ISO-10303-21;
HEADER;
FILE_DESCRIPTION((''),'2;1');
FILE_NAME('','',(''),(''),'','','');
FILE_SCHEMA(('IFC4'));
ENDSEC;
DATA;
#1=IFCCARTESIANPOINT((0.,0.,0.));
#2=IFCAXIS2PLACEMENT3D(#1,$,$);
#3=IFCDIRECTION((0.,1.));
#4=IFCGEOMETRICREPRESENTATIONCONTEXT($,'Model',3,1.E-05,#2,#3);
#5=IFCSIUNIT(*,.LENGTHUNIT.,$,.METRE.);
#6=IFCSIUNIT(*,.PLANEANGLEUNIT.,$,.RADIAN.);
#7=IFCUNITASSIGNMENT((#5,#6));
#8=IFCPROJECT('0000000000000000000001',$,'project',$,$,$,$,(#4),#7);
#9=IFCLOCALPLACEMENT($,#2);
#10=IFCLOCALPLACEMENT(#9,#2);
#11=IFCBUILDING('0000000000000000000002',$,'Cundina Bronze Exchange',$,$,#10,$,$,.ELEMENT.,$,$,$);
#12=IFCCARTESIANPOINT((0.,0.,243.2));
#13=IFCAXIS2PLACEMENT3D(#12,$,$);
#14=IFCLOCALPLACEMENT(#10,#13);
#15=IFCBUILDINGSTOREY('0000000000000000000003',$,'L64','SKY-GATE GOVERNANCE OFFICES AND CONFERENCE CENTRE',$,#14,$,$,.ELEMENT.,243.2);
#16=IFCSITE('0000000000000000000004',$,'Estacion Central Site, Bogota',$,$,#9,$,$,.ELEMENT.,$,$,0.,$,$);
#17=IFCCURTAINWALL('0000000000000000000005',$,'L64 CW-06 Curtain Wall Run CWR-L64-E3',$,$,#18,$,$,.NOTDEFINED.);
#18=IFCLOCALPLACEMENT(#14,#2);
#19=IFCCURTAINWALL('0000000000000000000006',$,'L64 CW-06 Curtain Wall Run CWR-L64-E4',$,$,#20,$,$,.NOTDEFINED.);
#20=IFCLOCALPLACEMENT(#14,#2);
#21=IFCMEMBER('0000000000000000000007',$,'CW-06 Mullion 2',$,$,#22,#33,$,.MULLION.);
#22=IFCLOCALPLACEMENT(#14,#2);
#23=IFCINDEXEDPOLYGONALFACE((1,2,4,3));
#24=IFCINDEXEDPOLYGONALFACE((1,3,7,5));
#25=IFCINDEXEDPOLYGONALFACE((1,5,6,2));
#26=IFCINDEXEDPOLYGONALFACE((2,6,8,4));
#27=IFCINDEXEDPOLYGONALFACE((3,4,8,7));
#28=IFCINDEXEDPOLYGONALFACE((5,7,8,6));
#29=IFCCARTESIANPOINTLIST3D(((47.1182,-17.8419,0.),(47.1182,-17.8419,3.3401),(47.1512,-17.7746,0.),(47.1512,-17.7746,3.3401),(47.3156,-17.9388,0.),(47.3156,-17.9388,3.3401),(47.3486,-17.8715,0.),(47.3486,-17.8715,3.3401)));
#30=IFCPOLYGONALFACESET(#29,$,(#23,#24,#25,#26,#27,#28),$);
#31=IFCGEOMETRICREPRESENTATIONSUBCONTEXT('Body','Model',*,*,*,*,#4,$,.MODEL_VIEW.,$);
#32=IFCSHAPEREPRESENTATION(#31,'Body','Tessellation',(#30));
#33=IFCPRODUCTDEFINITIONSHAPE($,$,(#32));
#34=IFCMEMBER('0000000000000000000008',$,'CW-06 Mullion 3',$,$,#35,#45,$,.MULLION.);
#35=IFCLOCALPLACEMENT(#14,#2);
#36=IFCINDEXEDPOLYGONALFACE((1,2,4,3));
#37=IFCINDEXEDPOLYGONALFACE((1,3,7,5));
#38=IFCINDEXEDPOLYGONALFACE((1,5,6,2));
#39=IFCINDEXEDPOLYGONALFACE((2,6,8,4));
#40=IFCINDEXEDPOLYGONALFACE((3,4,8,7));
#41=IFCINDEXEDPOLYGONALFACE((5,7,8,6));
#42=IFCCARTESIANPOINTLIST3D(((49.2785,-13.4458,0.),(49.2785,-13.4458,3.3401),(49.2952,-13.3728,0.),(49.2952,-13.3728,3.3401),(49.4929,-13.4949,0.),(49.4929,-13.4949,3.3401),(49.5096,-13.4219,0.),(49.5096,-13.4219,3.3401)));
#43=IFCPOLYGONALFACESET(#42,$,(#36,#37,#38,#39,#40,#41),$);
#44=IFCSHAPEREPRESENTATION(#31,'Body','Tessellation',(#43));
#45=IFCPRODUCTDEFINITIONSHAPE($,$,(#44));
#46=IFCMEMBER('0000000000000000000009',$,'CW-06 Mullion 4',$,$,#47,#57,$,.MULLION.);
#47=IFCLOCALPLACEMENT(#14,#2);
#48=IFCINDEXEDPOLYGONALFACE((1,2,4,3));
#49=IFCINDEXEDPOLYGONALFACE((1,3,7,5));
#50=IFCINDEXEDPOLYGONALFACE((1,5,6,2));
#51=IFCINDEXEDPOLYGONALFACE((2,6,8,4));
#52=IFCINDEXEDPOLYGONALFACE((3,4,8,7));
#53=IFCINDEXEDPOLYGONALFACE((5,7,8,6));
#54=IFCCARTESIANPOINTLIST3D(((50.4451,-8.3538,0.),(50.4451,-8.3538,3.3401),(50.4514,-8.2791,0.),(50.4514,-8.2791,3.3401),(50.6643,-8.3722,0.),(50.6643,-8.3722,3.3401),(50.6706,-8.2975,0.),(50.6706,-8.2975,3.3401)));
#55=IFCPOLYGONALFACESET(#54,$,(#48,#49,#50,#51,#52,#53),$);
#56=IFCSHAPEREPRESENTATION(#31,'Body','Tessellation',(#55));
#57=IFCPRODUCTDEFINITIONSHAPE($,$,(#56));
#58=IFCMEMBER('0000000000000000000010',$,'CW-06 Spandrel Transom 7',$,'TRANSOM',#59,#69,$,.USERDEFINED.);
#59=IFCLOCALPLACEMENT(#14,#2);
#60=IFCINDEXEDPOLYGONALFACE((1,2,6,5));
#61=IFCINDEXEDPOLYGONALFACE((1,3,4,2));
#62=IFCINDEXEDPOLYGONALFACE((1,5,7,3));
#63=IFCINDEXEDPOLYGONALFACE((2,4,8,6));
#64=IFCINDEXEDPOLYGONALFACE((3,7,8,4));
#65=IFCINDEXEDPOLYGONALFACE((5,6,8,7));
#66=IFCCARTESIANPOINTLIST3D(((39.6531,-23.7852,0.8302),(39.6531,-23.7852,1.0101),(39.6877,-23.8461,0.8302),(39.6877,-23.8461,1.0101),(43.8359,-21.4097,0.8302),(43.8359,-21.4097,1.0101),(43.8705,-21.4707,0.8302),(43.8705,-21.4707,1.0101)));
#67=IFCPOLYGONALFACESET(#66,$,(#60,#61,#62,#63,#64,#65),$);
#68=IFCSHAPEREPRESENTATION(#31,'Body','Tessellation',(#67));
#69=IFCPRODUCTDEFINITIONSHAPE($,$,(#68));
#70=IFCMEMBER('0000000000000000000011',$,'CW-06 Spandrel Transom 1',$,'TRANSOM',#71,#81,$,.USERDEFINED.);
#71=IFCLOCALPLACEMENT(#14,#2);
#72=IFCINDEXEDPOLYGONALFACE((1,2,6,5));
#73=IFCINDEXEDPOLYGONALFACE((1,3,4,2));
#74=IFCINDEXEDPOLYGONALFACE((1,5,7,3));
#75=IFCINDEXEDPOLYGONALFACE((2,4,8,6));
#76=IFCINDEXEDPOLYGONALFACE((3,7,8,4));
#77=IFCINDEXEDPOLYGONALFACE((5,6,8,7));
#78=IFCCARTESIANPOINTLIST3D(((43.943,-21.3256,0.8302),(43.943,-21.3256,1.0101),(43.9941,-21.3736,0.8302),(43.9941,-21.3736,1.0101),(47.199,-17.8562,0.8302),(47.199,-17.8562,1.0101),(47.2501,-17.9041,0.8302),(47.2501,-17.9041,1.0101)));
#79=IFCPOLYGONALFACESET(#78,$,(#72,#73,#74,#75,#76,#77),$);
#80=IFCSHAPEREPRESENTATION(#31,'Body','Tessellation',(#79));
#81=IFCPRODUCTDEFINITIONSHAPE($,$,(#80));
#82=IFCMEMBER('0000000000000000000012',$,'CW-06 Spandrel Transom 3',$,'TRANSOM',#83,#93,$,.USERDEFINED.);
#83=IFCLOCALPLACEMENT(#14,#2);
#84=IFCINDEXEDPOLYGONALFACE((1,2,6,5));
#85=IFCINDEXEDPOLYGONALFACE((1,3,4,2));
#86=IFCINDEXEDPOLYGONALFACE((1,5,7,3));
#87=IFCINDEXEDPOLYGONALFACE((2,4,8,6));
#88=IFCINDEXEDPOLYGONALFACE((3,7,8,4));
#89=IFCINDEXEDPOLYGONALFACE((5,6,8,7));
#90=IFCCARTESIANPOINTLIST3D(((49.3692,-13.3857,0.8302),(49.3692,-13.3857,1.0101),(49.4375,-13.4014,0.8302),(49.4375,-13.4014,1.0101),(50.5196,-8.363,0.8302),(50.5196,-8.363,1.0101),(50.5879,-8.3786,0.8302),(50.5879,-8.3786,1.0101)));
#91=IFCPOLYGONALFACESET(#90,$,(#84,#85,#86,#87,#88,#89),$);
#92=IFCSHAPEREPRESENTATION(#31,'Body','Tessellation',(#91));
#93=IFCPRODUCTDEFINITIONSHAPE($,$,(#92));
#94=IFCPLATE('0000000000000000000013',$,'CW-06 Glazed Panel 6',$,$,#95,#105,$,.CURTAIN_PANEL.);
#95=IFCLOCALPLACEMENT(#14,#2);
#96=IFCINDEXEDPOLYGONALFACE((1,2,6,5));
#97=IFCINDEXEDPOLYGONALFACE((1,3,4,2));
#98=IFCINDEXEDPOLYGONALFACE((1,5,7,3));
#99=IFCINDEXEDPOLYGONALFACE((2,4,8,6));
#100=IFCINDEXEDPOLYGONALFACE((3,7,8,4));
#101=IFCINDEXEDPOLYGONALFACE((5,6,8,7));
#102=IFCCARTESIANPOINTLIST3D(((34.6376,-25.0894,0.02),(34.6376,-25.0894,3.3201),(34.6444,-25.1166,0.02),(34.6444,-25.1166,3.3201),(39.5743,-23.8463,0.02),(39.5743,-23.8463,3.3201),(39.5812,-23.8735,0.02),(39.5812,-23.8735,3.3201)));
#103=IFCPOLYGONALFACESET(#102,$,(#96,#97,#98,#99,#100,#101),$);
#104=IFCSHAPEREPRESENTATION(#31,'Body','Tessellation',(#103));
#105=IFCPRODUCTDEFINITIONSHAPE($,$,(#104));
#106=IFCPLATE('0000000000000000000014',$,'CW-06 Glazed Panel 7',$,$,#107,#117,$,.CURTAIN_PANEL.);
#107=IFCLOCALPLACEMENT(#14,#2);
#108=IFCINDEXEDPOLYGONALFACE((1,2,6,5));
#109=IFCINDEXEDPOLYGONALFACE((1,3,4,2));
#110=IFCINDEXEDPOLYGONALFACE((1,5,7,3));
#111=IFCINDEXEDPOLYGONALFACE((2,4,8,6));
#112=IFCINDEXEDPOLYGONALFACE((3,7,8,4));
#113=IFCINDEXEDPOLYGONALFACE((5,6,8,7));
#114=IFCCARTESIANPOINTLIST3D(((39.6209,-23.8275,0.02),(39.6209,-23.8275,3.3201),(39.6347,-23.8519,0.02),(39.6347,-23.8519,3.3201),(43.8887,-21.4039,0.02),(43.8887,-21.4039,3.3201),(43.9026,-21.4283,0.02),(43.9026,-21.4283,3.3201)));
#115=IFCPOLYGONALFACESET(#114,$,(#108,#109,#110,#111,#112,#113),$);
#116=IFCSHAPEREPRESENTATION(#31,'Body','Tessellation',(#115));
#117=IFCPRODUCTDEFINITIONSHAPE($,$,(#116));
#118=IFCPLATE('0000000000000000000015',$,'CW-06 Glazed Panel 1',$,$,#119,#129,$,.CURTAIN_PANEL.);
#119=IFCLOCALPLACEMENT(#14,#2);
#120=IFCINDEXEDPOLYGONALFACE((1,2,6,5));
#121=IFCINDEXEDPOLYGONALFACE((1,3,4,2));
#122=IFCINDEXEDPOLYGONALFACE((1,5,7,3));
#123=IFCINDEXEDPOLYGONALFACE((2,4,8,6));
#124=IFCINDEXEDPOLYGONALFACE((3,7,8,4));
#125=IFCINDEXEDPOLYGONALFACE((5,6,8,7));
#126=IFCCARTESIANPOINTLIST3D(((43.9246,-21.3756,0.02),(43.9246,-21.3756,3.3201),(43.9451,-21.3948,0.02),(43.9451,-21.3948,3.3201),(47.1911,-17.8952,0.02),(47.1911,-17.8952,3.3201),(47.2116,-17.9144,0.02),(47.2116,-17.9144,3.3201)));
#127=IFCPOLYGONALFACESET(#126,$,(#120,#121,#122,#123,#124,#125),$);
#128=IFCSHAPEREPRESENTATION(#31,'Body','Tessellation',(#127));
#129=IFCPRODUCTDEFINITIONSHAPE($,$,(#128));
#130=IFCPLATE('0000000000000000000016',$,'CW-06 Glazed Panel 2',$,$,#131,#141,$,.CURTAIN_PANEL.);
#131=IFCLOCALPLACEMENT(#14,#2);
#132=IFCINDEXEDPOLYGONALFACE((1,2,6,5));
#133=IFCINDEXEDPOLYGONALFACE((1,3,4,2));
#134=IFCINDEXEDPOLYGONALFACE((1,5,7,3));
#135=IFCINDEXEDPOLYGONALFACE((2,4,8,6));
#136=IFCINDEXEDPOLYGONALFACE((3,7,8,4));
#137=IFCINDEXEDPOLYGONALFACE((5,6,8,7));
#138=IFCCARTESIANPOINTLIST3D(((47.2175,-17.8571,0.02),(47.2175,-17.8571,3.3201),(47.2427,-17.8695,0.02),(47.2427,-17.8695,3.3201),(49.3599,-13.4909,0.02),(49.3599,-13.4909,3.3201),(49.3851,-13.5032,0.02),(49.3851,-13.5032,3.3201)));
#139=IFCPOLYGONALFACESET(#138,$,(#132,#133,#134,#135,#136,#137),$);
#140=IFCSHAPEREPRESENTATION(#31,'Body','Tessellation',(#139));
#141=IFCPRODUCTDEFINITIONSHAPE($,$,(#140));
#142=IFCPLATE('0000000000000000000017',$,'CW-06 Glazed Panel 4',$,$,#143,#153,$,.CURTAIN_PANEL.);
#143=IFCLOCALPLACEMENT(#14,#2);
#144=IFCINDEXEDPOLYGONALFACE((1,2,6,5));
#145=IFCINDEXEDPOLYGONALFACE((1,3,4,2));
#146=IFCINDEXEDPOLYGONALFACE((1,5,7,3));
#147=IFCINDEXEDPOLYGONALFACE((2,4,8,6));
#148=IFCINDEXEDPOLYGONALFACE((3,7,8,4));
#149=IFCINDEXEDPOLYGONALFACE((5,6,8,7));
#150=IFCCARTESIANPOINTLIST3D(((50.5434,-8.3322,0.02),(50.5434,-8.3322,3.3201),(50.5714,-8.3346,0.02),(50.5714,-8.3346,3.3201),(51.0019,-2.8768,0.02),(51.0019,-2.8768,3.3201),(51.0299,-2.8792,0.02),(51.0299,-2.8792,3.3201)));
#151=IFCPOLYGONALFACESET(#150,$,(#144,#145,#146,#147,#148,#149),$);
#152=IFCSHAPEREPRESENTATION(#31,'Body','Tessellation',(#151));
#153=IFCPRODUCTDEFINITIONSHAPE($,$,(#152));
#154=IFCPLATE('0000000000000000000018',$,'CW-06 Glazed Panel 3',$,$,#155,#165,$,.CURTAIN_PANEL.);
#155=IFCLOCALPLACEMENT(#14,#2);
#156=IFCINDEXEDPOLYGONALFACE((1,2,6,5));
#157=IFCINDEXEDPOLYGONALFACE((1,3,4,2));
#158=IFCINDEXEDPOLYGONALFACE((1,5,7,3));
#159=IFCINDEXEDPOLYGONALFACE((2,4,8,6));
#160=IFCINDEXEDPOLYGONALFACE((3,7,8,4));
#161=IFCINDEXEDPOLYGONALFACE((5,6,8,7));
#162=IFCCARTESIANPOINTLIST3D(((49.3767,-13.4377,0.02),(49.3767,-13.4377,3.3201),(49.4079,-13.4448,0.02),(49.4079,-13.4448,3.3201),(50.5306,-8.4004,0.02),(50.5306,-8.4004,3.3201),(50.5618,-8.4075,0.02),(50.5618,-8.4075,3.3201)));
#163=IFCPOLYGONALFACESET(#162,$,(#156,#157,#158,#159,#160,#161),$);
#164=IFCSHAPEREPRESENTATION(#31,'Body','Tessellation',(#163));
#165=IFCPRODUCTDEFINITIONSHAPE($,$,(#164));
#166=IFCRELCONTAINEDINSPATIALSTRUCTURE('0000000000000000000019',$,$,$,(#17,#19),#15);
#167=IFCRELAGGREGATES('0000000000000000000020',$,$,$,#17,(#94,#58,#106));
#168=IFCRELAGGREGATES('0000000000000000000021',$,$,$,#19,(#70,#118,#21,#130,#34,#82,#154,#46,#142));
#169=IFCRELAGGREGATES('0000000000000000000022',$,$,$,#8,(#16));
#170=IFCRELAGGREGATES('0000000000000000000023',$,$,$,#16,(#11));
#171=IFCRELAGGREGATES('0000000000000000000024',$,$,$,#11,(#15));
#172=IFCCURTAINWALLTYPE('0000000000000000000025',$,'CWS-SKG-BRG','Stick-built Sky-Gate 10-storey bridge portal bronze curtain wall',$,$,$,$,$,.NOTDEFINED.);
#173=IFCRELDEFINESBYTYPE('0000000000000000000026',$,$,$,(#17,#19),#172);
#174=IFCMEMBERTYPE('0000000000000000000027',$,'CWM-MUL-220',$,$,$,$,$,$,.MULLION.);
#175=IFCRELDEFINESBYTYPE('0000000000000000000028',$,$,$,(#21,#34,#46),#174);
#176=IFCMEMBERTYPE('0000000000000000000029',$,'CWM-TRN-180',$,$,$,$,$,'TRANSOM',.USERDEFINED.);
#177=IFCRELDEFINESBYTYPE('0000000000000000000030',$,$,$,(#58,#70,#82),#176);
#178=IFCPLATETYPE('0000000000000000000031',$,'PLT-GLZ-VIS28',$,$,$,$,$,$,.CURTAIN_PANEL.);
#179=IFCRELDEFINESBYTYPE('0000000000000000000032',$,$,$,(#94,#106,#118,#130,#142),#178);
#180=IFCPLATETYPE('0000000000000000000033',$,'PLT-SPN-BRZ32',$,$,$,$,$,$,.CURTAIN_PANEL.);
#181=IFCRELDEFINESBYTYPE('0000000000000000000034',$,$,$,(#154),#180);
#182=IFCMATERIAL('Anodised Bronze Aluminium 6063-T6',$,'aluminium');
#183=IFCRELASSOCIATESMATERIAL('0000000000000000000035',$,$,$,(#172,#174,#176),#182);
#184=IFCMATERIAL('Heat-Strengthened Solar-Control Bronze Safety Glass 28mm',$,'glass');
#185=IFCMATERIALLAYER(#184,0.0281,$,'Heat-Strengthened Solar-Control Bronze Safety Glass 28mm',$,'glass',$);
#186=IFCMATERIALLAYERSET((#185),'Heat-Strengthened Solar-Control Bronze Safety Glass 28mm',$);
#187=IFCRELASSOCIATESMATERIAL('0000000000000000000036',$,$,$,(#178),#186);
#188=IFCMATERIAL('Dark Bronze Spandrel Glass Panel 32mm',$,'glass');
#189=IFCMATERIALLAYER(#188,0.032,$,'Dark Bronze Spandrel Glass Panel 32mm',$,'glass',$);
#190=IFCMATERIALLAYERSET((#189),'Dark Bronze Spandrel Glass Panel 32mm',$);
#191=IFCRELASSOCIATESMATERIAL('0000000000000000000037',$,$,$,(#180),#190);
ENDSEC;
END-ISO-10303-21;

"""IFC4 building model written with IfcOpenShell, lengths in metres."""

from ifc_helpers import new_model, si_unit, direction, frame, origin, origin_2d, place, context, subcontext, project, spatial, rectangle, extrude, material, layer, layer_set, material_profile, profile_set, type_object, element, aggregate, save


model = new_model("IFC4")

# Units and contexts
model_context = context("Model", 3, precision=1e-05, world=origin(), true_north=direction((0.0, 1.0)))
body_context = subcontext(model_context, "Body", "Model", "MODEL_VIEW")
ifc_project = project(units=[si_unit("LENGTHUNIT", "METRE"), si_unit("PLANEANGLEUNIT", "RADIAN")], contexts=[model_context])

# Site, building, storey
site_placement = place(None, origin())
site = spatial("IfcSite", under=ifc_project, at=site_placement, Name="Estacion Central Site, Bogota", CompositionType="ELEMENT", RefElevation=0.0)
building_placement = place(site_placement, origin())
building = spatial("IfcBuilding", under=site, at=building_placement, Name="Cundina Bronze Exchange", CompositionType="ELEMENT")
storey_placement = place(building_placement, frame((0.0, 0.0, 243.2)))
storey = spatial("IfcBuildingStorey", under=building, at=storey_placement, Name="L64", Description="SKY-GATE GOVERNANCE OFFICES AND CONFERENCE CENTRE", CompositionType="ELEMENT", Elevation=243.2)

# Curtain walls, members
ifc_material_1 = material(Name="Anodised Bronze Aluminium 6063-T6", Category="aluminium")
curtain_wall_type = type_object("IfcCurtainWallType", Name="CWS-SKG-BRG", Description="Stick-built Sky-Gate 10-storey bridge portal bronze curtain wall", PredefinedType="NOTDEFINED", material=ifc_material_1)
curtain_wall_1_placement = place(storey_placement, origin())
curtain_wall_1 = element("IfcCurtainWall", 1, at=curtain_wall_1_placement, inside=storey, type_object=curtain_wall_type, Name="L64 CW-06 Curtain Wall Run CWR-L64-E3", PredefinedType="NOTDEFINED")
ifc_material_profile_1 = material_profile(ifc_material_1, rectangle(XDim=0.075, YDim=0.22, at=origin_2d()), Name="AL75X220", Category="aluminium")
ifc_profile_set_1 = profile_set([ifc_material_profile_1], Name="Anodised Bronze Aluminium 6063-T6")
member_type_1 = type_object("IfcMemberType", Name="CWM-MUL-220", PredefinedType="MULLION", material=ifc_profile_set_1)
curtain_wall_2_placement = place(storey_placement, origin())
curtain_wall_2 = element("IfcCurtainWall", 2, at=curtain_wall_2_placement, inside=storey, type_object=curtain_wall_type, Name="L64 CW-06 Curtain Wall Run CWR-L64-E4", PredefinedType="NOTDEFINED")
member_1_placement = place(storey_placement, frame((47.2334, -17.8567, 0.0), z_axis=(0.0, 0.0, 1.0), x_axis=(0.440566, 0.89772, 0.0)))
member_1 = element("IfcMember", 3, at=member_1_placement, type_object=member_type_1, Name="CW-06 Mullion 2", PredefinedType="MULLION", context=body_context, shape_type="SweptSolid", body=[
    extrude(rectangle(XDim=0.075, YDim=0.22, at=origin_2d()), origin(), (0.0, 0.0, 1.0), 3.3401),
])
member_2_placement = place(storey_placement, frame((49.394, -13.4338, 0.0), z_axis=(0.0, 0.0, 1.0), x_axis=(0.22325, 0.974761, 0.0)))
member_2 = element("IfcMember", 4, at=member_2_placement, type_object=member_type_1, Name="CW-06 Mullion 3", PredefinedType="MULLION", context=body_context, shape_type="SweptSolid", body=[
    extrude(rectangle(XDim=0.075, YDim=0.22, at=origin_2d()), origin(), (0.0, 0.0, 1.0), 3.3401),
])
member_3_placement = place(storey_placement, frame((50.5579, -8.3257, 0.0), z_axis=(0.0, 0.0, 1.0), x_axis=(0.083678, 0.996493, 0.0)))
member_3 = element("IfcMember", 5, at=member_3_placement, type_object=member_type_1, Name="CW-06 Mullion 4", PredefinedType="MULLION", context=body_context, shape_type="SweptSolid", body=[
    extrude(rectangle(XDim=0.075, YDim=0.22, at=origin_2d()), origin(), (0.0, 0.0, 1.0), 3.3401),
])

# Members
ifc_material_profile_2 = material_profile(ifc_material_1, rectangle(XDim=0.0701, YDim=0.1799, at=origin_2d()), Name="AL70X180", Category="aluminium")
ifc_profile_set_2 = profile_set([ifc_material_profile_2], Name="Anodised Bronze Aluminium 6063-T6")
member_type_2 = type_object("IfcMemberType", Name="CWM-TRN-180", ElementType="TRANSOM", PredefinedType="USERDEFINED", material=ifc_profile_set_2)
member_4_placement = place(storey_placement, frame((39.6704, -23.8157, 0.9202), z_axis=(0.869558, 0.493831, 0.0), x_axis=(-0.493831, 0.869558, 0.0)))
member_4 = element("IfcMember", 6, at=member_4_placement, type_object=member_type_2, Name="CW-06 Spandrel Transom 7", ObjectType="TRANSOM", PredefinedType="USERDEFINED", context=body_context, shape_type="SweptSolid", body=[
    extrude(rectangle(XDim=0.0701, YDim=0.1799, at=origin_2d()), origin(), (0.0, 0.0, 1.0), 4.8103),
])
member_5_placement = place(storey_placement, frame((43.9685, -21.3496, 0.9202), z_axis=(0.684328, 0.729174, 0.0), x_axis=(-0.729174, 0.684328, 0.0)))
member_5 = element("IfcMember", 7, at=member_5_placement, type_object=member_type_2, Name="CW-06 Spandrel Transom 1", ObjectType="TRANSOM", PredefinedType="USERDEFINED", context=body_context, shape_type="SweptSolid", body=[
    extrude(rectangle(XDim=0.0701, YDim=0.1799, at=origin_2d()), origin(), (0.0, 0.0, 1.0), 4.7581),
])
member_6_placement = place(storey_placement, frame((49.4033, -13.3936, 0.9202), z_axis=(0.223257, 0.97476, 0.0), x_axis=(-0.97476, 0.223257, 0.0)))
member_6 = element("IfcMember", 8, at=member_6_placement, type_object=member_type_2, Name="CW-06 Spandrel Transom 3", ObjectType="TRANSOM", PredefinedType="USERDEFINED", context=body_context, shape_type="SweptSolid", body=[
    extrude(rectangle(XDim=0.0701, YDim=0.1799, at=origin_2d()), origin(), (0.0, 0.0, 1.0), 5.1528),
])

# Plates
ifc_material_2 = material(Name="Heat-Strengthened Solar-Control Bronze Safety Glass 28mm", Category="glass")
ifc_layer_1 = layer(ifc_material_2, 0.0281, Name="Heat-Strengthened Solar-Control Bronze Safety Glass 28mm", Category="glass")
ifc_layer_set_1 = layer_set([ifc_layer_1], Name="Heat-Strengthened Solar-Control Bronze Safety Glass 28mm")
plate_type_1 = type_object("IfcPlateType", Name="PLT-GLZ-VIS28", PredefinedType="CURTAIN_PANEL", material=ifc_layer_set_1)
plate_1_placement = place(storey_placement, frame((37.1094, -24.4814, 0.02), z_axis=(0.0, 0.0, 1.0), x_axis=(0.969732, 0.244174, 0.0)))
plate_1 = element("IfcPlate", 9, at=plate_1_placement, type_object=plate_type_1, Name="CW-06 Glazed Panel 6", PredefinedType="CURTAIN_PANEL", context=body_context, shape_type="SweptSolid", body=[
    extrude(rectangle(XDim=5.0908, YDim=0.0281, at=origin_2d()), origin(), (0.0, 0.0, 1.0), 3.3),
])
plate_2_placement = place(storey_placement, frame((41.7617, -22.6279, 0.02), z_axis=(0.0, 0.0, 1.0), x_axis=(0.869573, 0.493805, 0.0)))
plate_2 = element("IfcPlate", 10, at=plate_2_placement, type_object=plate_type_1, Name="CW-06 Glazed Panel 7", PredefinedType="CURTAIN_PANEL", context=body_context, shape_type="SweptSolid", body=[
    extrude(rectangle(XDim=4.908, YDim=0.0281, at=origin_2d()), origin(), (0.0, 0.0, 1.0), 3.3),
])
aggregate(curtain_wall_1, [plate_1, member_4, plate_2])
plate_3_placement = place(storey_placement, frame((45.5681, -19.645, 0.02), z_axis=(0.0, 0.0, 1.0), x_axis=(0.684344, 0.72916, 0.0)))
plate_3 = element("IfcPlate", 11, at=plate_3_placement, type_object=plate_type_1, Name="CW-06 Glazed Panel 1", PredefinedType="CURTAIN_PANEL", context=body_context, shape_type="SweptSolid", body=[
    extrude(rectangle(XDim=4.7732, YDim=0.0281, at=origin_2d()), origin(), (0.0, 0.0, 1.0), 3.3),
])
plate_4_placement = place(storey_placement, frame((48.3013, -15.6802, 0.02), z_axis=(0.0, 0.0, 1.0), x_axis=(0.440503, 0.897751, 0.0)))
plate_4 = element("IfcPlate", 12, at=plate_4_placement, type_object=plate_type_1, Name="CW-06 Glazed Panel 2", PredefinedType="CURTAIN_PANEL", context=body_context, shape_type="SweptSolid", body=[
    extrude(rectangle(XDim=4.8635, YDim=0.0281, at=origin_2d()), origin(), (0.0, 0.0, 1.0), 3.3),
])
plate_5_placement = place(storey_placement, frame((50.7866, -5.6057, 0.02), z_axis=(0.0, 0.0, 1.0), x_axis=(0.083747, 0.996487, 0.0)))
plate_5 = element("IfcPlate", 13, at=plate_5_placement, type_object=plate_type_1, Name="CW-06 Glazed Panel 4", PredefinedType="CURTAIN_PANEL", context=body_context, shape_type="SweptSolid", body=[
    extrude(rectangle(XDim=5.4746, YDim=0.0281, at=origin_2d()), origin(), (0.0, 0.0, 1.0), 3.3),
])
ifc_material_3 = material(Name="Dark Bronze Spandrel Glass Panel 32mm", Category="glass")
ifc_layer_2 = layer(ifc_material_3, 0.032, Name="Dark Bronze Spandrel Glass Panel 32mm", Category="glass")
ifc_layer_set_2 = layer_set([ifc_layer_2], Name="Dark Bronze Spandrel Glass Panel 32mm")
plate_type_2 = type_object("IfcPlateType", Name="PLT-SPN-BRZ32", PredefinedType="CURTAIN_PANEL", material=ifc_layer_set_2)
plate_6_placement = place(storey_placement, frame((49.9692, -10.9226, 0.02), z_axis=(0.0, 0.0, 1.0), x_axis=(0.223284, 0.974753, 0.0)))
plate_6 = element("IfcPlate", 14, at=plate_6_placement, type_object=plate_type_2, Name="CW-06 Glazed Panel 3", PredefinedType="CURTAIN_PANEL", context=body_context, shape_type="SweptSolid", body=[
    extrude(rectangle(XDim=5.1677, YDim=0.032, at=origin_2d()), origin(), (0.0, 0.0, 1.0), 3.3),
])
aggregate(curtain_wall_2, [member_5, plate_3, member_1, plate_4, member_2, member_6, plate_6, member_3, plate_5])

save(model, "model.ifc")
